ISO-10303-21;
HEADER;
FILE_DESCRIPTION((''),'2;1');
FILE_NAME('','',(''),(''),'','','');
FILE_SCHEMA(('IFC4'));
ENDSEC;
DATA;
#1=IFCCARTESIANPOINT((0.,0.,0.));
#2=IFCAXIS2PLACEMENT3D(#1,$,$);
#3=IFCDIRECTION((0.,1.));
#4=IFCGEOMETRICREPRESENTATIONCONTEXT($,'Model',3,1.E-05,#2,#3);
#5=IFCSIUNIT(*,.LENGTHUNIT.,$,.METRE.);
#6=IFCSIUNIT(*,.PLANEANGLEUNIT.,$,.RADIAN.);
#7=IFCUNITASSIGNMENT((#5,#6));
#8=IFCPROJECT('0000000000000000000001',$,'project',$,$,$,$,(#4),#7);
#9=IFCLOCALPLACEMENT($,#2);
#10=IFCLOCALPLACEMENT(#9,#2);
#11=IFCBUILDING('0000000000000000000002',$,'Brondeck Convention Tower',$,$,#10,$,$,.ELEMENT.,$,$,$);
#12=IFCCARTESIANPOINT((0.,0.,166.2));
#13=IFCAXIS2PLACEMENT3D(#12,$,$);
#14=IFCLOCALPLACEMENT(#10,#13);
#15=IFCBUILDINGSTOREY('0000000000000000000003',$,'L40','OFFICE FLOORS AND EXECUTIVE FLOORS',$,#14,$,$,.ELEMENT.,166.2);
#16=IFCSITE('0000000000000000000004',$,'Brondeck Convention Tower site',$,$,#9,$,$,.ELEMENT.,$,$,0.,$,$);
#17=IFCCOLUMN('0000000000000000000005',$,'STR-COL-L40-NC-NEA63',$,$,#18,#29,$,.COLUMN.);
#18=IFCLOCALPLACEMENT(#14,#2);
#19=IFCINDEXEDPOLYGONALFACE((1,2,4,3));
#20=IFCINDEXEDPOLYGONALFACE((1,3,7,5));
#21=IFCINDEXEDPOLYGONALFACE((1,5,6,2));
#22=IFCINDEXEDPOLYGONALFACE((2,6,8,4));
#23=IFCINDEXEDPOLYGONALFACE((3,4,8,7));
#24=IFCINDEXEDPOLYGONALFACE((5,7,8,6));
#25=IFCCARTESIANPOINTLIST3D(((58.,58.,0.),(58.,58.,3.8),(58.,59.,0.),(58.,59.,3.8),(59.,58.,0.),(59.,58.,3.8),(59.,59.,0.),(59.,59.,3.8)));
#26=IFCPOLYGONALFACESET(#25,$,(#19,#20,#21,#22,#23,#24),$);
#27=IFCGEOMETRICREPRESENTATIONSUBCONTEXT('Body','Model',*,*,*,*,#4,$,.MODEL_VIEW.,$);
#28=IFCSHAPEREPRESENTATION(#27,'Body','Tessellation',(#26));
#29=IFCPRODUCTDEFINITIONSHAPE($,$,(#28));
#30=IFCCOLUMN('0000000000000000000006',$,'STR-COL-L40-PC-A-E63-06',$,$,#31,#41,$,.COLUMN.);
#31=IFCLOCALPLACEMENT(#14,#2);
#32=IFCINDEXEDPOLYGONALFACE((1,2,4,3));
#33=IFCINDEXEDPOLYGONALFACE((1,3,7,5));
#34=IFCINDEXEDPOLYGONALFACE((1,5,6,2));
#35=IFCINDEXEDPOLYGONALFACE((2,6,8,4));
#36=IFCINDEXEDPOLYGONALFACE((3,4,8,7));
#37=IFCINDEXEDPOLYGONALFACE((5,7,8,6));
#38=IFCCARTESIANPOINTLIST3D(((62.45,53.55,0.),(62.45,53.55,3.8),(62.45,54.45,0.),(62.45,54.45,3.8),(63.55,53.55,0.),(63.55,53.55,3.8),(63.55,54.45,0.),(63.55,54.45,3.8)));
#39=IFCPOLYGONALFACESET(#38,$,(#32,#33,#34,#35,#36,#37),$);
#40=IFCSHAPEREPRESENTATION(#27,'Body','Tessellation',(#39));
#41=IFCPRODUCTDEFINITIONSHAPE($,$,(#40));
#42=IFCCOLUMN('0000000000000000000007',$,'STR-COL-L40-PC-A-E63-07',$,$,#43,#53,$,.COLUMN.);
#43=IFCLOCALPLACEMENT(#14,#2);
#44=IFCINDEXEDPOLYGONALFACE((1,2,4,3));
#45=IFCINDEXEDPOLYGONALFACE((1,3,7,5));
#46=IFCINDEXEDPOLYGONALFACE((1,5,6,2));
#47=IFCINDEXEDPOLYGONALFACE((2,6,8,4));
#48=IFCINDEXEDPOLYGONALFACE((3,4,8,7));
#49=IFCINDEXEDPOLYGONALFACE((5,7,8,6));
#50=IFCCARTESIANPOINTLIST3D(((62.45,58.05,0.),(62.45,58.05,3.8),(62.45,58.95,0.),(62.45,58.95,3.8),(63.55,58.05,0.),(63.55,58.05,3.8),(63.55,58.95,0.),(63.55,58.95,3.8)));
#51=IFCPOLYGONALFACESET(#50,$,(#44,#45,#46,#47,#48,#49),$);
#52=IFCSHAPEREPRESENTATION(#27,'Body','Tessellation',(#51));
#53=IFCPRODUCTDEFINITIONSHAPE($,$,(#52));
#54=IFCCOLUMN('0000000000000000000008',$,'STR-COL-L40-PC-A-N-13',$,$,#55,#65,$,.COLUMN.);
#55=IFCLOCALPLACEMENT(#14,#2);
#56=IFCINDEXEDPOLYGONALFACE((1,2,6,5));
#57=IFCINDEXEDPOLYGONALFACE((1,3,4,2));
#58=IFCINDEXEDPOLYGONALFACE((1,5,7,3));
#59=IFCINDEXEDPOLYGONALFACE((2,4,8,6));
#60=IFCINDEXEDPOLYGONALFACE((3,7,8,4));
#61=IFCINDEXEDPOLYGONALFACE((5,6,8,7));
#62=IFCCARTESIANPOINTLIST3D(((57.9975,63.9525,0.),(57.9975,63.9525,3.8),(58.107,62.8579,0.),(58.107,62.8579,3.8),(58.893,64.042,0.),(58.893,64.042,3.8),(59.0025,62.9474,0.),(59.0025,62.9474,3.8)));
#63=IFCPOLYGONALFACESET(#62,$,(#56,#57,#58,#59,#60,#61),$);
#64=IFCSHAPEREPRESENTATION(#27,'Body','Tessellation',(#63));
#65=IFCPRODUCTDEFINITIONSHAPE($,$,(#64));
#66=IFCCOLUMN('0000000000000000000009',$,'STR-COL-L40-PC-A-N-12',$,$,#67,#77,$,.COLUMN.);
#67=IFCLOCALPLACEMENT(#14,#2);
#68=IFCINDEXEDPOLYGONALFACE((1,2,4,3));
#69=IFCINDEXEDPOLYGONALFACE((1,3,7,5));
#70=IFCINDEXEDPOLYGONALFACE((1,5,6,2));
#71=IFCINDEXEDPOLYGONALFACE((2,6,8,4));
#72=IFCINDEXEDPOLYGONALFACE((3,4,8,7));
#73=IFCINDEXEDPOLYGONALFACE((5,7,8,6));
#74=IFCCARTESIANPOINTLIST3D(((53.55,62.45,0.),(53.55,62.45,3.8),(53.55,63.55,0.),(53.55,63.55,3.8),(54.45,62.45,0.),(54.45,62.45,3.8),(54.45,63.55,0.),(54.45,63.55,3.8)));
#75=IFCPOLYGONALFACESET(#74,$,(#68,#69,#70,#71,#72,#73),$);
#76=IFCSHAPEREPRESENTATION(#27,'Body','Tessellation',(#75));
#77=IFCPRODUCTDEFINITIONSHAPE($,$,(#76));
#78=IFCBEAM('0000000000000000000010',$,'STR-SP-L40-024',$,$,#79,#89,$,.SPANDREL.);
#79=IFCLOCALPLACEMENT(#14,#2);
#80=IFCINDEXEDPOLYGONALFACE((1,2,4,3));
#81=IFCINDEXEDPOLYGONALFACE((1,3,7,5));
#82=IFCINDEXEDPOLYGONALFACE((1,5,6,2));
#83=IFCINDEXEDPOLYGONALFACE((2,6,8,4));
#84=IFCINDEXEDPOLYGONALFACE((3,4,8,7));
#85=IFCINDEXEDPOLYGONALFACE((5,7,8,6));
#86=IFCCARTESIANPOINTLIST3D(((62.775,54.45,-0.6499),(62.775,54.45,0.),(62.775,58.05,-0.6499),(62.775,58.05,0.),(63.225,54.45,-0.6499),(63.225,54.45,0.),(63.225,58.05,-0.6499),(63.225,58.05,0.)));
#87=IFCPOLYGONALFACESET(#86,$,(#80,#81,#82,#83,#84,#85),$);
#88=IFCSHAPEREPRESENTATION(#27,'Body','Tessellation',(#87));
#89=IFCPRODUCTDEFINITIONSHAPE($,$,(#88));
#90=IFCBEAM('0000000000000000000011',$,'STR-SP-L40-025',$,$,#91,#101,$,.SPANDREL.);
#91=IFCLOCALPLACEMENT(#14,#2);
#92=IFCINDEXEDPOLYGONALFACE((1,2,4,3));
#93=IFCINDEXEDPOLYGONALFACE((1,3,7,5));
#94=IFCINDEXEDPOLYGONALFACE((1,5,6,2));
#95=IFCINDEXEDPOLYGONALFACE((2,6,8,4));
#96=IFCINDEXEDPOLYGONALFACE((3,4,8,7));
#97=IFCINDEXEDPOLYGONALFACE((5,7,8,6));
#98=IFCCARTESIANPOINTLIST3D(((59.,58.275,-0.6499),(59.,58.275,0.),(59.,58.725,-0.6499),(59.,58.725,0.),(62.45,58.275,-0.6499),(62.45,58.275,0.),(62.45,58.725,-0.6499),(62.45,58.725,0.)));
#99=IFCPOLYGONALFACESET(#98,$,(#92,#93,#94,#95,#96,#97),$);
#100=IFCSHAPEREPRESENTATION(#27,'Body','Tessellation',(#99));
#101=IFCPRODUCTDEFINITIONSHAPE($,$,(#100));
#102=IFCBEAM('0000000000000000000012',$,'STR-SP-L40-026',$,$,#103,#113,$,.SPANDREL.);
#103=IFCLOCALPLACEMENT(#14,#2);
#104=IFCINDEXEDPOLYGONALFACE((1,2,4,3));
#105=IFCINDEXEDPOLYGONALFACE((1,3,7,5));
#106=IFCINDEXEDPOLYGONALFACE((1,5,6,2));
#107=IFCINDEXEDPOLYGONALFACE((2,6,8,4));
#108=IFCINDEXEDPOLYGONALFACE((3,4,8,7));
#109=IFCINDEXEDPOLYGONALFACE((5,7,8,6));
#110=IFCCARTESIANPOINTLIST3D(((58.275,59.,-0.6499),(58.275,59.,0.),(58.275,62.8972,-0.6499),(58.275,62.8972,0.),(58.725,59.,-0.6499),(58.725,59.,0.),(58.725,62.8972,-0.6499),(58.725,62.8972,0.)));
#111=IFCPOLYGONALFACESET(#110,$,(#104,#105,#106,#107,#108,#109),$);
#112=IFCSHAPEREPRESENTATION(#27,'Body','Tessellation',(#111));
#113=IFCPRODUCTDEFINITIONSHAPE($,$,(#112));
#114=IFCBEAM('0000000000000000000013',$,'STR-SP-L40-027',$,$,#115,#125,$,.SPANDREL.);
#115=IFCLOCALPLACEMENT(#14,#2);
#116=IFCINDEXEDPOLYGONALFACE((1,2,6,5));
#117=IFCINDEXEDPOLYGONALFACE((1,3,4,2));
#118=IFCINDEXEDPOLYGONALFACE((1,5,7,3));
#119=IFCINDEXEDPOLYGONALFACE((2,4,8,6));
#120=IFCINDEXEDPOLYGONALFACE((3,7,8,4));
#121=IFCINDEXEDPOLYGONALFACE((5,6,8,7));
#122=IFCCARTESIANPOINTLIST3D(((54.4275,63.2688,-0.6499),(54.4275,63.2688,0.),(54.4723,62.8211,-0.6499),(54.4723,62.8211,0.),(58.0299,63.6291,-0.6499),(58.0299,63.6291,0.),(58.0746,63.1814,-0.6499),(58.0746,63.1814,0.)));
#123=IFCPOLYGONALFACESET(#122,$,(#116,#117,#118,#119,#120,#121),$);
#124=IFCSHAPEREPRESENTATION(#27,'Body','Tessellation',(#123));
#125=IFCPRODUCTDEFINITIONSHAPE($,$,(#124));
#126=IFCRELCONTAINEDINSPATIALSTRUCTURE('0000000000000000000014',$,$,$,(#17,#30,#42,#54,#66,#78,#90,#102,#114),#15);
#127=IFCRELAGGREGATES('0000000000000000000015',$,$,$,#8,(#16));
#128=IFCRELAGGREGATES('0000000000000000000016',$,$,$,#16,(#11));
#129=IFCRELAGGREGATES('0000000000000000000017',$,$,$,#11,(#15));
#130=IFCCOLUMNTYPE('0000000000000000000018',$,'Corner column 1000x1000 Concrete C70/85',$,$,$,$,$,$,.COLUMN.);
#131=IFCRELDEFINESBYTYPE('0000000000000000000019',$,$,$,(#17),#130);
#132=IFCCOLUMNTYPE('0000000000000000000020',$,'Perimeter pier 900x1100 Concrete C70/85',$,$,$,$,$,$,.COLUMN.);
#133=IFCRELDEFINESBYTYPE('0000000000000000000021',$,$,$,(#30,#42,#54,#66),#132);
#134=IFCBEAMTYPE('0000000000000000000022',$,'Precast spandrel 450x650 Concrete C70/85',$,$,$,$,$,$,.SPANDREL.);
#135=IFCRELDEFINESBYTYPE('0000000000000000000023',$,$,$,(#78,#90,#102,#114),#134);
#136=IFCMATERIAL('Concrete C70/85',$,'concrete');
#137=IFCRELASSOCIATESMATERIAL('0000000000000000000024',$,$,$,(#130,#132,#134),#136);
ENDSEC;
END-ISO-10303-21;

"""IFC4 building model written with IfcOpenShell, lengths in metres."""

from ifc_helpers import new_model, si_unit, direction, frame, origin, origin_2d, place, context, subcontext, project, spatial, rectangle, extrude, material, material_profile, profile_set, type_object, element, save


model = new_model("IFC4")

# Units and contexts
model_context = context("Model", 3, precision=1e-05, world=origin(), true_north=direction((0.0, 1.0)))
body_context = subcontext(model_context, "Body", "Model", "MODEL_VIEW")
ifc_project = project(units=[si_unit("LENGTHUNIT", "METRE"), si_unit("PLANEANGLEUNIT", "RADIAN")], contexts=[model_context])

# Site, building, storey
site_placement = place(None, origin())
site = spatial("IfcSite", under=ifc_project, at=site_placement, Name="Brondeck Convention Tower site", CompositionType="ELEMENT", RefElevation=0.0)
building_placement = place(site_placement, origin())
building = spatial("IfcBuilding", under=site, at=building_placement, Name="Brondeck Convention Tower", CompositionType="ELEMENT")
storey_placement = place(building_placement, frame((0.0, 0.0, 166.2)))
storey = spatial("IfcBuildingStorey", under=building, at=storey_placement, Name="L40", Description="OFFICE FLOORS AND EXECUTIVE FLOORS", CompositionType="ELEMENT", Elevation=166.2)

# Columns
ifc_material_1 = material(Name="Concrete C70/85", Category="concrete")
ifc_material_profile_1 = material_profile(ifc_material_1, rectangle(XDim=1.0, YDim=1.0, at=origin_2d()), Name="Corner column 1000x1000 Concrete C70/85")
ifc_profile_set_1 = profile_set([ifc_material_profile_1], Name="Concrete C70/85")
column_type_1 = type_object("IfcColumnType", Name="Corner column 1000x1000 Concrete C70/85", PredefinedType="COLUMN", material=ifc_profile_set_1)
column_placement = place(storey_placement, frame((58.5, 58.5, 0.0), z_axis=(0.0, 0.0, 1.0), x_axis=(1.0, 0.0, 0.0)))
element("IfcColumn", 1, at=column_placement, inside=storey, type_object=column_type_1, Name="STR-COL-L40-NC-NEA63", PredefinedType="COLUMN", context=body_context, shape_type="SweptSolid", body=[
    extrude(rectangle(XDim=1.0, YDim=1.0, at=origin_2d()), origin(), (0.0, 0.0, 1.0), 3.8),
])
ifc_material_profile_2 = material_profile(ifc_material_1, rectangle(XDim=0.8999, YDim=1.1001, at=origin_2d()), Name="Perimeter pier 900x1100 Concrete C70/85")
ifc_profile_set_2 = profile_set([ifc_material_profile_2], Name="Concrete C70/85")
column_type_2 = type_object("IfcColumnType", Name="Perimeter pier 900x1100 Concrete C70/85", PredefinedType="COLUMN", material=ifc_profile_set_2)
for number, where, z_axis, x_axis, name in (
    (2, (63.0, 54.0, 0.0), (0.0, 0.0, 1.0), (0.0, 1.0, 0.0), "STR-COL-L40-PC-A-E63-06"),
    (3, (63.0, 58.5, 0.0), (0.0, 0.0, 1.0), (0.0, 1.0, 0.0), "STR-COL-L40-PC-A-E63-07"),
    (4, (58.5, 63.45, 0.0), (0.0, 0.0, 1.0), (-0.995037, -0.099504, 0.0), "STR-COL-L40-PC-A-N-13"),
    (5, (54.0, 63.0, 0.0), (0.0, 0.0, 1.0), (-1.0, 0.0, 0.0), "STR-COL-L40-PC-A-N-12"),
):
    element("IfcColumn", number, at=place(storey_placement, frame(where, z_axis=z_axis, x_axis=x_axis)), inside=storey, type_object=column_type_2, Name=name, PredefinedType="COLUMN", context=body_context, shape_type="SweptSolid", body=[
        extrude(rectangle(XDim=0.8999, YDim=1.1001, at=origin_2d()), origin(), (0.0, 0.0, 1.0), 3.8),
    ])

# Beams
ifc_material_profile_3 = material_profile(ifc_material_1, rectangle(XDim=0.45, YDim=0.6499, at=origin_2d()), Name="Precast spandrel 450x650 Concrete C70/85")
ifc_profile_set_3 = profile_set([ifc_material_profile_3], Name="Concrete C70/85")
beam_type = type_object("IfcBeamType", Name="Precast spandrel 450x650 Concrete C70/85", PredefinedType="SPANDREL", material=ifc_profile_set_3)
beam_1_placement = place(storey_placement, frame((63.0, 54.45, -0.325), z_axis=(0.0, 1.0, 0.0), x_axis=(-1.0, 0.0, 0.0)))
element("IfcBeam", 6, at=beam_1_placement, inside=storey, type_object=beam_type, Name="STR-SP-L40-024", PredefinedType="SPANDREL", context=body_context, shape_type="SweptSolid", body=[
    extrude(rectangle(XDim=0.45, YDim=0.6499, at=origin_2d()), origin(), (0.0, 0.0, 1.0), 3.6001),
])
beam_2_placement = place(storey_placement, frame((62.45, 58.5, -0.325), z_axis=(-1.0, 0.0, 0.0), x_axis=(0.0, -1.0, 0.0)))
element("IfcBeam", 7, at=beam_2_placement, inside=storey, type_object=beam_type, Name="STR-SP-L40-025", PredefinedType="SPANDREL", context=body_context, shape_type="SweptSolid", body=[
    extrude(rectangle(XDim=0.45, YDim=0.6499, at=origin_2d()), origin(), (0.0, 0.0, 1.0), 3.45),
])
beam_3_placement = place(storey_placement, frame((58.5, 59.0, -0.325), z_axis=(0.0, 1.0, 0.0), x_axis=(-1.0, 0.0, 0.0)))
element("IfcBeam", 8, at=beam_3_placement, inside=storey, type_object=beam_type, Name="STR-SP-L40-026", PredefinedType="SPANDREL", context=body_context, shape_type="SweptSolid", body=[
    extrude(rectangle(XDim=0.45, YDim=0.6499, at=origin_2d()), origin(), (0.0, 0.0, 1.0), 3.8972),
])
beam_4_placement = place(storey_placement, frame((58.0522, 63.4053, -0.325), z_axis=(-0.995034, -0.099537, 0.0), x_axis=(0.099537, -0.995034, 0.0)))
element("IfcBeam", 9, at=beam_4_placement, inside=storey, type_object=beam_type, Name="STR-SP-L40-027", PredefinedType="SPANDREL", context=body_context, shape_type="SweptSolid", body=[
    extrude(rectangle(XDim=0.45, YDim=0.6499, at=origin_2d()), origin(), (0.0, 0.0, 1.0), 3.6204),
])

save(model, "model.ifc")
